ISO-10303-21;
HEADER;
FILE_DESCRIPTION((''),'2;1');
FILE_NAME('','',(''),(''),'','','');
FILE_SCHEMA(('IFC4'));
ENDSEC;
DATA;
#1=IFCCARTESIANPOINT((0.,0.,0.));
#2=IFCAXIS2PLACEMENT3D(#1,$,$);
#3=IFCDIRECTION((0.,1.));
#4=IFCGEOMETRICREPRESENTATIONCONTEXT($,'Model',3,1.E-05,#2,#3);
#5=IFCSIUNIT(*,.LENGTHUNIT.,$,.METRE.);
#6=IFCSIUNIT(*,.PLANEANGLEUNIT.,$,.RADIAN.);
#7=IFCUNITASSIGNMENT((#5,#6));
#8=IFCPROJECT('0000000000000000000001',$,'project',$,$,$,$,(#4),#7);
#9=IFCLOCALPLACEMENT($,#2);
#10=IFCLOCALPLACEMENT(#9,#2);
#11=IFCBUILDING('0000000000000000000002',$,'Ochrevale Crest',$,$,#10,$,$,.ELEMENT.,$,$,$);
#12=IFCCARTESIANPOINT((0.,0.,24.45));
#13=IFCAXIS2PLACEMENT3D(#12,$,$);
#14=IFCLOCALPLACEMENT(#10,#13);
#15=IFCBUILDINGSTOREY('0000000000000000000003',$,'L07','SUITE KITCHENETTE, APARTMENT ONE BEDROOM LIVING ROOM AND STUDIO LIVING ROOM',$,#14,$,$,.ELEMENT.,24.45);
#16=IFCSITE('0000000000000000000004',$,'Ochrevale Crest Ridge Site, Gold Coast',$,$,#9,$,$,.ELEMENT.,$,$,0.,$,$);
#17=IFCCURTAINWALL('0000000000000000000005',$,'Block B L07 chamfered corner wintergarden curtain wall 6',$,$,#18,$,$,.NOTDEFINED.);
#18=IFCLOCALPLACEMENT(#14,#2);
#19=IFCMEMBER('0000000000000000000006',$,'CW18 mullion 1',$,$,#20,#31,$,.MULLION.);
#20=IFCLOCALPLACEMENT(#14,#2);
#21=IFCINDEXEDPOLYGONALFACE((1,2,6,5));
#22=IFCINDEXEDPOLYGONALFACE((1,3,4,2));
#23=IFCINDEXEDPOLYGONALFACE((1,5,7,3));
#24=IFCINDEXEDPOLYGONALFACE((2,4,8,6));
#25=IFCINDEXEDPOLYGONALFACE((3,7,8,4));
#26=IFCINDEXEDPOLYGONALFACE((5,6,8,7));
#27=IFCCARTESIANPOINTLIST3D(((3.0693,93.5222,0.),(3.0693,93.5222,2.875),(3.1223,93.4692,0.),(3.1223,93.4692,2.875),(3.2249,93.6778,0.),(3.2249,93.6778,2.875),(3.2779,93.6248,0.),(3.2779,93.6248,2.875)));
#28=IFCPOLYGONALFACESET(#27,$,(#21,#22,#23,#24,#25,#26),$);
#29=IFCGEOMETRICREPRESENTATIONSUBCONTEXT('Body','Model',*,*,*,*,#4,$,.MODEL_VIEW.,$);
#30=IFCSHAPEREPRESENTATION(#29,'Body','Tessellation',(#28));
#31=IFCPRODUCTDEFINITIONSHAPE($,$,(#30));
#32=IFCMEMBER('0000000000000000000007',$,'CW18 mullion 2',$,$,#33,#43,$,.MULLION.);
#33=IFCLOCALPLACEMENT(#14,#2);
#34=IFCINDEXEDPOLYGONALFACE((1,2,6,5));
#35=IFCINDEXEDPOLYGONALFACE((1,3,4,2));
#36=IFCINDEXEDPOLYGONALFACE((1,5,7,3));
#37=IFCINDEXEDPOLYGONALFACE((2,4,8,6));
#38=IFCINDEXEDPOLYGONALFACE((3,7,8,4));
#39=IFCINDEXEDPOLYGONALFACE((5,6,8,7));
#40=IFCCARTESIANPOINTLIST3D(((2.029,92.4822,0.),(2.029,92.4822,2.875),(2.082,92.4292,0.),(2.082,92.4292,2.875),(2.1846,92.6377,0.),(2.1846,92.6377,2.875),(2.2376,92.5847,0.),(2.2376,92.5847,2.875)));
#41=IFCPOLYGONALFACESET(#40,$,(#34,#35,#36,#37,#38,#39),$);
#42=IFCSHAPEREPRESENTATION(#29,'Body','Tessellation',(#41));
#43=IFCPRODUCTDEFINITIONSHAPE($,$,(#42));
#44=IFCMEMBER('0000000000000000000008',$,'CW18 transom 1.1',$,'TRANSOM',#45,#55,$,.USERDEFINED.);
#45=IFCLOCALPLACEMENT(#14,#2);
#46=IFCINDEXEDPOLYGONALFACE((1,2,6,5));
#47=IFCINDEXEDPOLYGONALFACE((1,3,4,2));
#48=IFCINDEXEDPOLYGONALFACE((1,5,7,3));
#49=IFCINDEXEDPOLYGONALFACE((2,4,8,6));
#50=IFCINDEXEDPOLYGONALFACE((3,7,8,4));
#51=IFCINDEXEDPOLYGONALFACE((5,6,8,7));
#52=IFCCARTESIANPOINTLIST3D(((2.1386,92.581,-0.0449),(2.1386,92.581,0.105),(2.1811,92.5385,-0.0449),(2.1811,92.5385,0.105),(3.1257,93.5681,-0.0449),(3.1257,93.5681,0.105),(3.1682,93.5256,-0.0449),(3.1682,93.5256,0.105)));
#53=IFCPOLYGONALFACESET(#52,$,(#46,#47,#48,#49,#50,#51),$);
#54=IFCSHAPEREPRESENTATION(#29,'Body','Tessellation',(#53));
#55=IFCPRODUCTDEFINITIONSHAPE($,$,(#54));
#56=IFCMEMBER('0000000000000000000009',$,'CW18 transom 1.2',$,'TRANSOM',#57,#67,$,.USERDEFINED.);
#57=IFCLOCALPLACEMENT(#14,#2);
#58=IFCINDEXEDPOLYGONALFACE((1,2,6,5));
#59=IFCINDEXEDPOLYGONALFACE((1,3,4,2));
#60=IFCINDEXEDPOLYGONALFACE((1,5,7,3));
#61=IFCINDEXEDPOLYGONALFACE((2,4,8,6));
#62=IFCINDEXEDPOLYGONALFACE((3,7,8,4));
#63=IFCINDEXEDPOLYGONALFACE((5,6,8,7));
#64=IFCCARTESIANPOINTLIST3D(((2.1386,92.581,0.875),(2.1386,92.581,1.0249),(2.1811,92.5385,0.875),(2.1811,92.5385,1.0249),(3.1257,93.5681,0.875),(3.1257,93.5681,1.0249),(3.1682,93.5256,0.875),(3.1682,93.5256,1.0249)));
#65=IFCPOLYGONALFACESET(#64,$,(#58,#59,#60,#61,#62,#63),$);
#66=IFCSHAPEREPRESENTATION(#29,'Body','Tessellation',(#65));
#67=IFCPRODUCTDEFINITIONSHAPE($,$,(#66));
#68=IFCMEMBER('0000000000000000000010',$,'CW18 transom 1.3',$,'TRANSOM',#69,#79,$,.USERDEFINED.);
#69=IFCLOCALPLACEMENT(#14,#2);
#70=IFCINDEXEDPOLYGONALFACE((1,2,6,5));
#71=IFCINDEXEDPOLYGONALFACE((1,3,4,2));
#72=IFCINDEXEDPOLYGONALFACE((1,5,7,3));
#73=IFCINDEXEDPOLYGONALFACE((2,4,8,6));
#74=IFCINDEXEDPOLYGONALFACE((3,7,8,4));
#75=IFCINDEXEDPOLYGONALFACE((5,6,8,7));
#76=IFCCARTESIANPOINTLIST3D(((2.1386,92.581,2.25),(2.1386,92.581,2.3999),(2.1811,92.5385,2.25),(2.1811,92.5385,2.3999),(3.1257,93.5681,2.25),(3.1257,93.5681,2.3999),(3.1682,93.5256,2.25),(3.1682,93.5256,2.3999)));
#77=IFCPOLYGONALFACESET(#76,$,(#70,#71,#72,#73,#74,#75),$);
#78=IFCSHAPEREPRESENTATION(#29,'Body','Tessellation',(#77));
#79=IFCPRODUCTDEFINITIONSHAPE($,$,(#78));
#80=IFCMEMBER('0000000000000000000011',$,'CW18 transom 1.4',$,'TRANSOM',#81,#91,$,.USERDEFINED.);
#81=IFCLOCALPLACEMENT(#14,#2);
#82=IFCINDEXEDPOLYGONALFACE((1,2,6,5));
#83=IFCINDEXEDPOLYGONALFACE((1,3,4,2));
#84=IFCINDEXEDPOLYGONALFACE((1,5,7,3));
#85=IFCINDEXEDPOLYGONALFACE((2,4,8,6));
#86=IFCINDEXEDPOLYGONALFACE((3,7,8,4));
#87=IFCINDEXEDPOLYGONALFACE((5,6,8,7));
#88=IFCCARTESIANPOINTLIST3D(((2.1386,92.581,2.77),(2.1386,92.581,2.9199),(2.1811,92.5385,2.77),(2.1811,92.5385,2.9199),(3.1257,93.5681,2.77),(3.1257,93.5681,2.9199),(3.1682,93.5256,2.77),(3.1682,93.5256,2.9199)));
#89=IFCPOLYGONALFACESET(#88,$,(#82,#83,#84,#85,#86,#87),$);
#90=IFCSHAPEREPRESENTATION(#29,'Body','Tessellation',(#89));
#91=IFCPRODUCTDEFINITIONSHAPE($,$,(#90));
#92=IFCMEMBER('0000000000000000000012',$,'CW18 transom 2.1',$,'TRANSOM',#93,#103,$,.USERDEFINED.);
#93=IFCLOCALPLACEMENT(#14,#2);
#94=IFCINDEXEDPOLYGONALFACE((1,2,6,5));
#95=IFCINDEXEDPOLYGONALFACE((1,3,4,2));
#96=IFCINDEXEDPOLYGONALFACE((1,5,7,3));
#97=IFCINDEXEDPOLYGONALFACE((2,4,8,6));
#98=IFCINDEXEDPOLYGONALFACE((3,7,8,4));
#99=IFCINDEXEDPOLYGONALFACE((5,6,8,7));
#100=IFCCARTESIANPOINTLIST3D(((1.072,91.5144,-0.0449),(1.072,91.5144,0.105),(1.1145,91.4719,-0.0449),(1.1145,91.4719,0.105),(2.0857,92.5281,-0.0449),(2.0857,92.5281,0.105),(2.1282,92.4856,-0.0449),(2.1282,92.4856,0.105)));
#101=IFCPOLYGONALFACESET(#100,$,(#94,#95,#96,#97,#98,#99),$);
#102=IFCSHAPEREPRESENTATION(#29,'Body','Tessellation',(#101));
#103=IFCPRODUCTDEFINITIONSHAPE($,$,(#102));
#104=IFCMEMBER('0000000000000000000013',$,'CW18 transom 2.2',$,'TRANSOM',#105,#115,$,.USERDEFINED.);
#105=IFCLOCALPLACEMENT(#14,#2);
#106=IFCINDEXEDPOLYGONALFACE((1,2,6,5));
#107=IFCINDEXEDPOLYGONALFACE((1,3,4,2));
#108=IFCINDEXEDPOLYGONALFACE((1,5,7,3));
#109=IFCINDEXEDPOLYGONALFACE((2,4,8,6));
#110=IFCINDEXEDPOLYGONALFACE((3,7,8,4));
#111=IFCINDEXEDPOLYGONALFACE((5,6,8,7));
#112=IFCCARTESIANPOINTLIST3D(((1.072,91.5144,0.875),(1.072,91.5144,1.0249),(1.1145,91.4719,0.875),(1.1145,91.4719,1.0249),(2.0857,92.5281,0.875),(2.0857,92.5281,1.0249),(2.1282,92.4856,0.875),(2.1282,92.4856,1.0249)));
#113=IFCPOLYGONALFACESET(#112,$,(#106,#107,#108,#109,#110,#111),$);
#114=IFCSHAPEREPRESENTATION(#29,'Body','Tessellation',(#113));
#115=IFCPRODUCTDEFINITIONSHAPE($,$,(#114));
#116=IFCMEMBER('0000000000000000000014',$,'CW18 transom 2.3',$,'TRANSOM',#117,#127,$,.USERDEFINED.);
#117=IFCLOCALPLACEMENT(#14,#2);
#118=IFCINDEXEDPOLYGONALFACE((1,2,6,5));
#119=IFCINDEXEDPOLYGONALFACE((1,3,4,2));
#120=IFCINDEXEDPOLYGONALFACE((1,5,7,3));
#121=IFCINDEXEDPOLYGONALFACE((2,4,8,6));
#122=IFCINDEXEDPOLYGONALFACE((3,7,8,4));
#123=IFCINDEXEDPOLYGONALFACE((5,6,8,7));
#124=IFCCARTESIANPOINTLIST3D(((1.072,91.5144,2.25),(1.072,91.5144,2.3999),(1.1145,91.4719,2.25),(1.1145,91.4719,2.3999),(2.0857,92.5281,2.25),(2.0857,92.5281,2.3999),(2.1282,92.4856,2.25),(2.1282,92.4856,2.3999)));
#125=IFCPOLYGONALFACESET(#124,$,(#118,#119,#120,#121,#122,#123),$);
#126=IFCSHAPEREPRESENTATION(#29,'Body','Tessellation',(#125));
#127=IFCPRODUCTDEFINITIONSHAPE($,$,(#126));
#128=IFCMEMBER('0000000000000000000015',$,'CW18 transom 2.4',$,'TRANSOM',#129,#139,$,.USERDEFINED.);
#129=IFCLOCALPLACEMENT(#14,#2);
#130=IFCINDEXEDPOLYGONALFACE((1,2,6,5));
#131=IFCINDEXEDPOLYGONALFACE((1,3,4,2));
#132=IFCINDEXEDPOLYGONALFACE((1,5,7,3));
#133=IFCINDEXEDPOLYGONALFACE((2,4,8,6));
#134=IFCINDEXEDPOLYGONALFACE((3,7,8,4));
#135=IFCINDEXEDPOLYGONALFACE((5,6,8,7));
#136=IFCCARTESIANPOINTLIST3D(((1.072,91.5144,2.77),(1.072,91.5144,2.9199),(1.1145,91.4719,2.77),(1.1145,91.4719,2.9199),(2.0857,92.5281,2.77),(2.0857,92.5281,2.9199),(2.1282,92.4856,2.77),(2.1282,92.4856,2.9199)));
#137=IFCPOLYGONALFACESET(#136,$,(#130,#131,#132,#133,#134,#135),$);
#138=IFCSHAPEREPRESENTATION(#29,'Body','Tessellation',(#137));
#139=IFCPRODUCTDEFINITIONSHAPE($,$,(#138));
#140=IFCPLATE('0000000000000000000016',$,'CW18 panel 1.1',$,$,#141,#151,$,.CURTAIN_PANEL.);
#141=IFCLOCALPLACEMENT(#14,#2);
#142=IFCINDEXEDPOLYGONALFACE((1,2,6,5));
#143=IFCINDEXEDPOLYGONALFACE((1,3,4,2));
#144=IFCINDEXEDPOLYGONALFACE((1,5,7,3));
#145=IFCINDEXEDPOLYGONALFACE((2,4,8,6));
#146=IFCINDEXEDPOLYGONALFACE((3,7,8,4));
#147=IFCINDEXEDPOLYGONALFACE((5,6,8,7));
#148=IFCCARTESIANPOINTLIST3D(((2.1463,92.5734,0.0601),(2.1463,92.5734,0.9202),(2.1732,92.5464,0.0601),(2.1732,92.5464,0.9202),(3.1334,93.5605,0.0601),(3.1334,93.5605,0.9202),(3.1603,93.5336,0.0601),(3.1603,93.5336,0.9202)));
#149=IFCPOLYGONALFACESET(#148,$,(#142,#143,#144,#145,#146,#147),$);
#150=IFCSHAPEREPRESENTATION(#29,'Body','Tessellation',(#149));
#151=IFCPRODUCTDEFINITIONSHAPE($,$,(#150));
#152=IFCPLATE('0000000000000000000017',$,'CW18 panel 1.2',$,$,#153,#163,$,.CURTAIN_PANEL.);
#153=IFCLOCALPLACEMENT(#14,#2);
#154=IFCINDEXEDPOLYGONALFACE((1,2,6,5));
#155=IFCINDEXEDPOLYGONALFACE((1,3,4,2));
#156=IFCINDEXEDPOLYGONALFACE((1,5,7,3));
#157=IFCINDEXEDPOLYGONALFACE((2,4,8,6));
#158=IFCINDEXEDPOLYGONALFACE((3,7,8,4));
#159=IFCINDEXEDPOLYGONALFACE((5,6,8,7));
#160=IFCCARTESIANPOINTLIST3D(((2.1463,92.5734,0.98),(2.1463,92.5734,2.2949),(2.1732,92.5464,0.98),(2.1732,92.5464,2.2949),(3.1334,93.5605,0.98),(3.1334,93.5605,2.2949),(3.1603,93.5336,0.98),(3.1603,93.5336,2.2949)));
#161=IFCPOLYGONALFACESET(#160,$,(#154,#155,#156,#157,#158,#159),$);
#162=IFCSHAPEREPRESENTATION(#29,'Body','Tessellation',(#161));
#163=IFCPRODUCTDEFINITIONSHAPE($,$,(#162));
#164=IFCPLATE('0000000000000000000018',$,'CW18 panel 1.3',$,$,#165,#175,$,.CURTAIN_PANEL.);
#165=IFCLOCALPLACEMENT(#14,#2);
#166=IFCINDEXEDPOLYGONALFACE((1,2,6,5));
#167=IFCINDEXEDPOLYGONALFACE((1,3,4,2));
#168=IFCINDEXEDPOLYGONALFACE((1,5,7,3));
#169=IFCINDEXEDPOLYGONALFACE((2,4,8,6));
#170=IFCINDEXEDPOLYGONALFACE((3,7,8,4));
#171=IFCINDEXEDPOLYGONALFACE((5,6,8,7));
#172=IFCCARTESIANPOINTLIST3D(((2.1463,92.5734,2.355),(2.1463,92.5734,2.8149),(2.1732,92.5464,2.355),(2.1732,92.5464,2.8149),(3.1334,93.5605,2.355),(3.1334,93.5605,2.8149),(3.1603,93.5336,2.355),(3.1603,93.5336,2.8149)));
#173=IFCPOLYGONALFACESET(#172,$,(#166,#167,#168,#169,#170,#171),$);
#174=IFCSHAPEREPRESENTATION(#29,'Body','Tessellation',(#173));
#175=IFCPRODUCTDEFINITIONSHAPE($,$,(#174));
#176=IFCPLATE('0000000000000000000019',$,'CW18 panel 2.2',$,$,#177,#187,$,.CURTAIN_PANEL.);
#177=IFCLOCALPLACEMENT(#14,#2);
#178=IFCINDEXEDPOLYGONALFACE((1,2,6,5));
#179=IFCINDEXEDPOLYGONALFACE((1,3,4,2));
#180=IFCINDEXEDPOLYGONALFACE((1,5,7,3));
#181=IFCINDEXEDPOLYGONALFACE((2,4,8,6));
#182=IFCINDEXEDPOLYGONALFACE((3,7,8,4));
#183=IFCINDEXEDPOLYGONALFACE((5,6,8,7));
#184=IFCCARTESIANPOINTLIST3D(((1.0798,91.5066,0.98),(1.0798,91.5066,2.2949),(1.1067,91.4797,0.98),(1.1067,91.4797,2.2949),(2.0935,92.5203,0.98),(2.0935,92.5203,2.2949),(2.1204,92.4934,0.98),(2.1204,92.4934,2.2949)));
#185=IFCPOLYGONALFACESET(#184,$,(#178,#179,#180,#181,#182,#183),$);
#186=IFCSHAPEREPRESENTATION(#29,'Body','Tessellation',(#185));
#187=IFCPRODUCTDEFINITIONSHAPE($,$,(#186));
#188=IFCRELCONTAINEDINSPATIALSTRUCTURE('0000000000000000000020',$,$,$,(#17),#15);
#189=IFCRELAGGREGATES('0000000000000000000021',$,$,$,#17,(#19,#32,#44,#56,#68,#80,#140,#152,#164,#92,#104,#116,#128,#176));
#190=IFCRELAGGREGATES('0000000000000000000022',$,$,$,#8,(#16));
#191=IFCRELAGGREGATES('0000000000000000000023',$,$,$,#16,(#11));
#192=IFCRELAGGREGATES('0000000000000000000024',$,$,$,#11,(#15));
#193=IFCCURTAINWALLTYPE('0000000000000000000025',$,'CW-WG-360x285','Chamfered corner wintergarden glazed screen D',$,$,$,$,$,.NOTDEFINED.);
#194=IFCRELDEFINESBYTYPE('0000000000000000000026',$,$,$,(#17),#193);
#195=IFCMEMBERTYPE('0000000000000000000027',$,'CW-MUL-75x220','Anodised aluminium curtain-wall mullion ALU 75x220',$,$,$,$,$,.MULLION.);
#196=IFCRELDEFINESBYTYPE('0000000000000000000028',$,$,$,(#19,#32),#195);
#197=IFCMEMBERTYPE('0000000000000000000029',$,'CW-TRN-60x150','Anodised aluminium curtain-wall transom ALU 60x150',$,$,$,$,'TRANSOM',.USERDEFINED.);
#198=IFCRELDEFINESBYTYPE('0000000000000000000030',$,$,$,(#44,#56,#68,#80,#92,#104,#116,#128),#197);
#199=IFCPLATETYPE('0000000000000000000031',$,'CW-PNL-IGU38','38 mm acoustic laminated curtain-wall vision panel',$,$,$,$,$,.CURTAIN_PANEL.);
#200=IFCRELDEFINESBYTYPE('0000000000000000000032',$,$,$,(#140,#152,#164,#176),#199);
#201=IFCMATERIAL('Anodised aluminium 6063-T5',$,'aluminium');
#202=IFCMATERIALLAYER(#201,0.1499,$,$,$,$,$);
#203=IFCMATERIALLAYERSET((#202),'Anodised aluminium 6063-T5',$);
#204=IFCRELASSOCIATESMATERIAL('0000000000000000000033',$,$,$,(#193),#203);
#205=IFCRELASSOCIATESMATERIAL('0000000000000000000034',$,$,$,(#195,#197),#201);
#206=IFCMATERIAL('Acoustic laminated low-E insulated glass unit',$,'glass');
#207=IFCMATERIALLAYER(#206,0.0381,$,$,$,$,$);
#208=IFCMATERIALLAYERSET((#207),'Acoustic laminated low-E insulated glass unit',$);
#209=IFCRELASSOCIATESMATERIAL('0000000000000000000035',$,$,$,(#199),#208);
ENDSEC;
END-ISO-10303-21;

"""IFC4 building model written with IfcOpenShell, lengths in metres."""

from ifc_helpers import new_model, si_unit, direction, frame, origin, origin_2d, place, context, subcontext, project, spatial, rectangle, extrude, material, layer, layer_set, material_profile, profile_set, type_object, element, aggregate, save


model = new_model("IFC4")

# Units and contexts
model_context = context("Model", 3, precision=1e-05, world=origin(), true_north=direction((0.0, 1.0)))
body_context = subcontext(model_context, "Body", "Model", "MODEL_VIEW")
ifc_project = project(units=[si_unit("LENGTHUNIT", "METRE"), si_unit("PLANEANGLEUNIT", "RADIAN")], contexts=[model_context])

# Site, building, storey
site_placement = place(None, origin())
site = spatial("IfcSite", under=ifc_project, at=site_placement, Name="Ochrevale Crest Ridge Site, Gold Coast", CompositionType="ELEMENT", RefElevation=0.0)
building_placement = place(site_placement, origin())
building = spatial("IfcBuilding", under=site, at=building_placement, Name="Ochrevale Crest", CompositionType="ELEMENT")
storey_placement = place(building_placement, frame((0.0, 0.0, 24.45)))
storey = spatial("IfcBuildingStorey", under=building, at=storey_placement, Name="L07", Description="SUITE KITCHENETTE, APARTMENT ONE BEDROOM LIVING ROOM AND STUDIO LIVING ROOM", CompositionType="ELEMENT", Elevation=24.45)

# Curtain wall, members, plates
ifc_material_1 = material(Name="Anodised aluminium 6063-T5", Category="aluminium")
ifc_layer_1 = layer(ifc_material_1, 0.1499)
ifc_layer_set_1 = layer_set([ifc_layer_1], Name="Anodised aluminium 6063-T5")
curtain_wall_type = type_object("IfcCurtainWallType", Name="CW-WG-360x285", Description="Chamfered corner wintergarden glazed screen D", PredefinedType="NOTDEFINED", material=ifc_layer_set_1)
curtain_wall_placement = place(storey_placement, origin())
curtain_wall = element("IfcCurtainWall", 1, at=curtain_wall_placement, inside=storey, type_object=curtain_wall_type, Name="Block B L07 chamfered corner wintergarden curtain wall 6", PredefinedType="NOTDEFINED")
ifc_material_profile_1 = material_profile(ifc_material_1, rectangle(XDim=0.075, YDim=0.22, at=origin_2d()), Name="ALU 75x220")
ifc_profile_set_1 = profile_set([ifc_material_profile_1], Name="Anodised aluminium 6063-T5")
member_type_1 = type_object("IfcMemberType", Name="CW-MUL-75x220", Description="Anodised aluminium curtain-wall mullion ALU 75x220", PredefinedType="MULLION", material=ifc_profile_set_1)
member_1_placement = place(storey_placement, frame((3.1736, 93.5735, 0.0), z_axis=(0.0, 0.0, 1.0), x_axis=(0.707107, -0.707107, 0.0)))
member_1 = element("IfcMember", 2, at=member_1_placement, type_object=member_type_1, Name="CW18 mullion 1", PredefinedType="MULLION", context=body_context, shape_type="SweptSolid", body=[
    extrude(rectangle(XDim=0.075, YDim=0.22, at=origin_2d()), origin(), (0.0, 0.0, 1.0), 2.875),
])
member_2_placement = place(storey_placement, frame((2.1333, 92.5334, 0.0), z_axis=(0.0, 0.0, 1.0), x_axis=(0.707107, -0.707107, 0.0)))
member_2 = element("IfcMember", 3, at=member_2_placement, type_object=member_type_1, Name="CW18 mullion 2", PredefinedType="MULLION", context=body_context, shape_type="SweptSolid", body=[
    extrude(rectangle(XDim=0.075, YDim=0.22, at=origin_2d()), origin(), (0.0, 0.0, 1.0), 2.875),
])
ifc_material_profile_2 = material_profile(ifc_material_1, rectangle(XDim=0.0601, YDim=0.1499, at=origin_2d()), Name="ALU 60x150")
ifc_profile_set_2 = profile_set([ifc_material_profile_2], Name="Anodised aluminium 6063-T5")
member_type_2 = type_object("IfcMemberType", Name="CW-TRN-60x150", Description="Anodised aluminium curtain-wall transom ALU 60x150", ElementType="TRANSOM", PredefinedType="USERDEFINED", material=ifc_profile_set_2)
member_3_placement = place(storey_placement, frame((3.147, 93.5469, 0.03), z_axis=(-0.707107, -0.707107, 0.0), x_axis=(0.707107, -0.707107, 0.0)))
member_3 = element("IfcMember", 4, at=member_3_placement, type_object=member_type_2, Name="CW18 transom 1.1", ObjectType="TRANSOM", PredefinedType="USERDEFINED", context=body_context, shape_type="SweptSolid", body=[
    extrude(rectangle(XDim=0.0601, YDim=0.1499, at=origin_2d()), origin(), (0.0, 0.0, 1.0), 1.396),
])
member_4_placement = place(storey_placement, frame((3.147, 93.5469, 0.95), z_axis=(-0.707107, -0.707107, 0.0), x_axis=(0.707107, -0.707107, 0.0)))
member_4 = element("IfcMember", 5, at=member_4_placement, type_object=member_type_2, Name="CW18 transom 1.2", ObjectType="TRANSOM", PredefinedType="USERDEFINED", context=body_context, shape_type="SweptSolid", body=[
    extrude(rectangle(XDim=0.0601, YDim=0.1499, at=origin_2d()), origin(), (0.0, 0.0, 1.0), 1.396),
])
member_5_placement = place(storey_placement, frame((3.147, 93.5469, 2.325), z_axis=(-0.707107, -0.707107, 0.0), x_axis=(0.707107, -0.707107, 0.0)))
member_5 = element("IfcMember", 6, at=member_5_placement, type_object=member_type_2, Name="CW18 transom 1.3", ObjectType="TRANSOM", PredefinedType="USERDEFINED", context=body_context, shape_type="SweptSolid", body=[
    extrude(rectangle(XDim=0.0601, YDim=0.1499, at=origin_2d()), origin(), (0.0, 0.0, 1.0), 1.396),
])
member_6_placement = place(storey_placement, frame((3.147, 93.5469, 2.845), z_axis=(-0.707107, -0.707107, 0.0), x_axis=(0.707107, -0.707107, 0.0)))
member_6 = element("IfcMember", 7, at=member_6_placement, type_object=member_type_2, Name="CW18 transom 1.4", ObjectType="TRANSOM", PredefinedType="USERDEFINED", context=body_context, shape_type="SweptSolid", body=[
    extrude(rectangle(XDim=0.0601, YDim=0.1499, at=origin_2d()), origin(), (0.0, 0.0, 1.0), 1.396),
])
member_7_placement = place(storey_placement, frame((2.1069, 92.5068, 0.03), z_axis=(-0.707107, -0.707107, 0.0), x_axis=(0.707107, -0.707107, 0.0)))
member_7 = element("IfcMember", 8, at=member_7_placement, type_object=member_type_2, Name="CW18 transom 2.1", ObjectType="TRANSOM", PredefinedType="USERDEFINED", context=body_context, shape_type="SweptSolid", body=[
    extrude(rectangle(XDim=0.0601, YDim=0.1499, at=origin_2d()), origin(), (0.0, 0.0, 1.0), 1.4336),
])
member_8_placement = place(storey_placement, frame((2.1069, 92.5068, 0.95), z_axis=(-0.707107, -0.707107, 0.0), x_axis=(0.707107, -0.707107, 0.0)))
member_8 = element("IfcMember", 9, at=member_8_placement, type_object=member_type_2, Name="CW18 transom 2.2", ObjectType="TRANSOM", PredefinedType="USERDEFINED", context=body_context, shape_type="SweptSolid", body=[
    extrude(rectangle(XDim=0.0601, YDim=0.1499, at=origin_2d()), origin(), (0.0, 0.0, 1.0), 1.4336),
])
member_9_placement = place(storey_placement, frame((2.1069, 92.5068, 2.325), z_axis=(-0.707107, -0.707107, 0.0), x_axis=(0.707107, -0.707107, 0.0)))
member_9 = element("IfcMember", 10, at=member_9_placement, type_object=member_type_2, Name="CW18 transom 2.3", ObjectType="TRANSOM", PredefinedType="USERDEFINED", context=body_context, shape_type="SweptSolid", body=[
    extrude(rectangle(XDim=0.0601, YDim=0.1499, at=origin_2d()), origin(), (0.0, 0.0, 1.0), 1.4336),
])
member_10_placement = place(storey_placement, frame((2.1069, 92.5068, 2.845), z_axis=(-0.707107, -0.707107, 0.0), x_axis=(0.707107, -0.707107, 0.0)))
member_10 = element("IfcMember", 11, at=member_10_placement, type_object=member_type_2, Name="CW18 transom 2.4", ObjectType="TRANSOM", PredefinedType="USERDEFINED", context=body_context, shape_type="SweptSolid", body=[
    extrude(rectangle(XDim=0.0601, YDim=0.1499, at=origin_2d()), origin(), (0.0, 0.0, 1.0), 1.4336),
])
ifc_material_2 = material(Name="Acoustic laminated low-E insulated glass unit", Category="glass")
ifc_layer_2 = layer(ifc_material_2, 0.0381)
ifc_layer_set_2 = layer_set([ifc_layer_2], Name="Acoustic laminated low-E insulated glass unit")
plate_type_1 = type_object("IfcPlateType", Name="CW-PNL-IGU38", Description="38 mm acoustic laminated curtain-wall vision panel", PredefinedType="CURTAIN_PANEL", material=ifc_layer_set_2)
plate_1_placement = place(storey_placement, frame((2.6533, 93.0535, 0.0601), z_axis=(0.0, 0.0, 1.0), x_axis=(-0.707107, -0.707107, 0.0)))
plate_1 = element("IfcPlate", 12, at=plate_1_placement, type_object=plate_type_1, Name="CW18 panel 1.1", PredefinedType="CURTAIN_PANEL", context=body_context, shape_type="SweptSolid", body=[
    extrude(rectangle(XDim=1.396, YDim=0.0381, at=origin_2d()), origin(), (0.0, 0.0, 1.0), 0.8601),
])
plate_2_placement = place(storey_placement, frame((2.6533, 93.0535, 0.98), z_axis=(0.0, 0.0, 1.0), x_axis=(-0.707107, -0.707107, 0.0)))
plate_2 = element("IfcPlate", 13, at=plate_2_placement, type_object=plate_type_1, Name="CW18 panel 1.2", PredefinedType="CURTAIN_PANEL", context=body_context, shape_type="SweptSolid", body=[
    extrude(rectangle(XDim=1.396, YDim=0.0381, at=origin_2d()), origin(), (0.0, 0.0, 1.0), 1.3149),
])
plate_3_placement = place(storey_placement, frame((2.6533, 93.0535, 2.355), z_axis=(0.0, 0.0, 1.0), x_axis=(-0.707107, -0.707107, 0.0)))
plate_3 = element("IfcPlate", 14, at=plate_3_placement, type_object=plate_type_1, Name="CW18 panel 1.3", PredefinedType="CURTAIN_PANEL", context=body_context, shape_type="SweptSolid", body=[
    extrude(rectangle(XDim=1.396, YDim=0.0381, at=origin_2d()), origin(), (0.0, 0.0, 1.0), 0.46),
])
plate_4_placement = place(storey_placement, frame((1.6001, 92.0, 0.98), z_axis=(0.0, 0.0, 1.0), x_axis=(-0.707107, -0.707107, 0.0)))
plate_4 = element("IfcPlate", 15, at=plate_4_placement, type_object=plate_type_1, Name="CW18 panel 2.2", PredefinedType="CURTAIN_PANEL", context=body_context, shape_type="SweptSolid", body=[
    extrude(rectangle(XDim=1.4336, YDim=0.0381, at=origin_2d()), origin(), (0.0, 0.0, 1.0), 1.3149),
])
aggregate(curtain_wall, [member_1, member_2, member_3, member_4, member_5, member_6, plate_1, plate_2, plate_3, member_7, member_8, member_9, member_10, plate_4])

save(model, "model.ifc")
